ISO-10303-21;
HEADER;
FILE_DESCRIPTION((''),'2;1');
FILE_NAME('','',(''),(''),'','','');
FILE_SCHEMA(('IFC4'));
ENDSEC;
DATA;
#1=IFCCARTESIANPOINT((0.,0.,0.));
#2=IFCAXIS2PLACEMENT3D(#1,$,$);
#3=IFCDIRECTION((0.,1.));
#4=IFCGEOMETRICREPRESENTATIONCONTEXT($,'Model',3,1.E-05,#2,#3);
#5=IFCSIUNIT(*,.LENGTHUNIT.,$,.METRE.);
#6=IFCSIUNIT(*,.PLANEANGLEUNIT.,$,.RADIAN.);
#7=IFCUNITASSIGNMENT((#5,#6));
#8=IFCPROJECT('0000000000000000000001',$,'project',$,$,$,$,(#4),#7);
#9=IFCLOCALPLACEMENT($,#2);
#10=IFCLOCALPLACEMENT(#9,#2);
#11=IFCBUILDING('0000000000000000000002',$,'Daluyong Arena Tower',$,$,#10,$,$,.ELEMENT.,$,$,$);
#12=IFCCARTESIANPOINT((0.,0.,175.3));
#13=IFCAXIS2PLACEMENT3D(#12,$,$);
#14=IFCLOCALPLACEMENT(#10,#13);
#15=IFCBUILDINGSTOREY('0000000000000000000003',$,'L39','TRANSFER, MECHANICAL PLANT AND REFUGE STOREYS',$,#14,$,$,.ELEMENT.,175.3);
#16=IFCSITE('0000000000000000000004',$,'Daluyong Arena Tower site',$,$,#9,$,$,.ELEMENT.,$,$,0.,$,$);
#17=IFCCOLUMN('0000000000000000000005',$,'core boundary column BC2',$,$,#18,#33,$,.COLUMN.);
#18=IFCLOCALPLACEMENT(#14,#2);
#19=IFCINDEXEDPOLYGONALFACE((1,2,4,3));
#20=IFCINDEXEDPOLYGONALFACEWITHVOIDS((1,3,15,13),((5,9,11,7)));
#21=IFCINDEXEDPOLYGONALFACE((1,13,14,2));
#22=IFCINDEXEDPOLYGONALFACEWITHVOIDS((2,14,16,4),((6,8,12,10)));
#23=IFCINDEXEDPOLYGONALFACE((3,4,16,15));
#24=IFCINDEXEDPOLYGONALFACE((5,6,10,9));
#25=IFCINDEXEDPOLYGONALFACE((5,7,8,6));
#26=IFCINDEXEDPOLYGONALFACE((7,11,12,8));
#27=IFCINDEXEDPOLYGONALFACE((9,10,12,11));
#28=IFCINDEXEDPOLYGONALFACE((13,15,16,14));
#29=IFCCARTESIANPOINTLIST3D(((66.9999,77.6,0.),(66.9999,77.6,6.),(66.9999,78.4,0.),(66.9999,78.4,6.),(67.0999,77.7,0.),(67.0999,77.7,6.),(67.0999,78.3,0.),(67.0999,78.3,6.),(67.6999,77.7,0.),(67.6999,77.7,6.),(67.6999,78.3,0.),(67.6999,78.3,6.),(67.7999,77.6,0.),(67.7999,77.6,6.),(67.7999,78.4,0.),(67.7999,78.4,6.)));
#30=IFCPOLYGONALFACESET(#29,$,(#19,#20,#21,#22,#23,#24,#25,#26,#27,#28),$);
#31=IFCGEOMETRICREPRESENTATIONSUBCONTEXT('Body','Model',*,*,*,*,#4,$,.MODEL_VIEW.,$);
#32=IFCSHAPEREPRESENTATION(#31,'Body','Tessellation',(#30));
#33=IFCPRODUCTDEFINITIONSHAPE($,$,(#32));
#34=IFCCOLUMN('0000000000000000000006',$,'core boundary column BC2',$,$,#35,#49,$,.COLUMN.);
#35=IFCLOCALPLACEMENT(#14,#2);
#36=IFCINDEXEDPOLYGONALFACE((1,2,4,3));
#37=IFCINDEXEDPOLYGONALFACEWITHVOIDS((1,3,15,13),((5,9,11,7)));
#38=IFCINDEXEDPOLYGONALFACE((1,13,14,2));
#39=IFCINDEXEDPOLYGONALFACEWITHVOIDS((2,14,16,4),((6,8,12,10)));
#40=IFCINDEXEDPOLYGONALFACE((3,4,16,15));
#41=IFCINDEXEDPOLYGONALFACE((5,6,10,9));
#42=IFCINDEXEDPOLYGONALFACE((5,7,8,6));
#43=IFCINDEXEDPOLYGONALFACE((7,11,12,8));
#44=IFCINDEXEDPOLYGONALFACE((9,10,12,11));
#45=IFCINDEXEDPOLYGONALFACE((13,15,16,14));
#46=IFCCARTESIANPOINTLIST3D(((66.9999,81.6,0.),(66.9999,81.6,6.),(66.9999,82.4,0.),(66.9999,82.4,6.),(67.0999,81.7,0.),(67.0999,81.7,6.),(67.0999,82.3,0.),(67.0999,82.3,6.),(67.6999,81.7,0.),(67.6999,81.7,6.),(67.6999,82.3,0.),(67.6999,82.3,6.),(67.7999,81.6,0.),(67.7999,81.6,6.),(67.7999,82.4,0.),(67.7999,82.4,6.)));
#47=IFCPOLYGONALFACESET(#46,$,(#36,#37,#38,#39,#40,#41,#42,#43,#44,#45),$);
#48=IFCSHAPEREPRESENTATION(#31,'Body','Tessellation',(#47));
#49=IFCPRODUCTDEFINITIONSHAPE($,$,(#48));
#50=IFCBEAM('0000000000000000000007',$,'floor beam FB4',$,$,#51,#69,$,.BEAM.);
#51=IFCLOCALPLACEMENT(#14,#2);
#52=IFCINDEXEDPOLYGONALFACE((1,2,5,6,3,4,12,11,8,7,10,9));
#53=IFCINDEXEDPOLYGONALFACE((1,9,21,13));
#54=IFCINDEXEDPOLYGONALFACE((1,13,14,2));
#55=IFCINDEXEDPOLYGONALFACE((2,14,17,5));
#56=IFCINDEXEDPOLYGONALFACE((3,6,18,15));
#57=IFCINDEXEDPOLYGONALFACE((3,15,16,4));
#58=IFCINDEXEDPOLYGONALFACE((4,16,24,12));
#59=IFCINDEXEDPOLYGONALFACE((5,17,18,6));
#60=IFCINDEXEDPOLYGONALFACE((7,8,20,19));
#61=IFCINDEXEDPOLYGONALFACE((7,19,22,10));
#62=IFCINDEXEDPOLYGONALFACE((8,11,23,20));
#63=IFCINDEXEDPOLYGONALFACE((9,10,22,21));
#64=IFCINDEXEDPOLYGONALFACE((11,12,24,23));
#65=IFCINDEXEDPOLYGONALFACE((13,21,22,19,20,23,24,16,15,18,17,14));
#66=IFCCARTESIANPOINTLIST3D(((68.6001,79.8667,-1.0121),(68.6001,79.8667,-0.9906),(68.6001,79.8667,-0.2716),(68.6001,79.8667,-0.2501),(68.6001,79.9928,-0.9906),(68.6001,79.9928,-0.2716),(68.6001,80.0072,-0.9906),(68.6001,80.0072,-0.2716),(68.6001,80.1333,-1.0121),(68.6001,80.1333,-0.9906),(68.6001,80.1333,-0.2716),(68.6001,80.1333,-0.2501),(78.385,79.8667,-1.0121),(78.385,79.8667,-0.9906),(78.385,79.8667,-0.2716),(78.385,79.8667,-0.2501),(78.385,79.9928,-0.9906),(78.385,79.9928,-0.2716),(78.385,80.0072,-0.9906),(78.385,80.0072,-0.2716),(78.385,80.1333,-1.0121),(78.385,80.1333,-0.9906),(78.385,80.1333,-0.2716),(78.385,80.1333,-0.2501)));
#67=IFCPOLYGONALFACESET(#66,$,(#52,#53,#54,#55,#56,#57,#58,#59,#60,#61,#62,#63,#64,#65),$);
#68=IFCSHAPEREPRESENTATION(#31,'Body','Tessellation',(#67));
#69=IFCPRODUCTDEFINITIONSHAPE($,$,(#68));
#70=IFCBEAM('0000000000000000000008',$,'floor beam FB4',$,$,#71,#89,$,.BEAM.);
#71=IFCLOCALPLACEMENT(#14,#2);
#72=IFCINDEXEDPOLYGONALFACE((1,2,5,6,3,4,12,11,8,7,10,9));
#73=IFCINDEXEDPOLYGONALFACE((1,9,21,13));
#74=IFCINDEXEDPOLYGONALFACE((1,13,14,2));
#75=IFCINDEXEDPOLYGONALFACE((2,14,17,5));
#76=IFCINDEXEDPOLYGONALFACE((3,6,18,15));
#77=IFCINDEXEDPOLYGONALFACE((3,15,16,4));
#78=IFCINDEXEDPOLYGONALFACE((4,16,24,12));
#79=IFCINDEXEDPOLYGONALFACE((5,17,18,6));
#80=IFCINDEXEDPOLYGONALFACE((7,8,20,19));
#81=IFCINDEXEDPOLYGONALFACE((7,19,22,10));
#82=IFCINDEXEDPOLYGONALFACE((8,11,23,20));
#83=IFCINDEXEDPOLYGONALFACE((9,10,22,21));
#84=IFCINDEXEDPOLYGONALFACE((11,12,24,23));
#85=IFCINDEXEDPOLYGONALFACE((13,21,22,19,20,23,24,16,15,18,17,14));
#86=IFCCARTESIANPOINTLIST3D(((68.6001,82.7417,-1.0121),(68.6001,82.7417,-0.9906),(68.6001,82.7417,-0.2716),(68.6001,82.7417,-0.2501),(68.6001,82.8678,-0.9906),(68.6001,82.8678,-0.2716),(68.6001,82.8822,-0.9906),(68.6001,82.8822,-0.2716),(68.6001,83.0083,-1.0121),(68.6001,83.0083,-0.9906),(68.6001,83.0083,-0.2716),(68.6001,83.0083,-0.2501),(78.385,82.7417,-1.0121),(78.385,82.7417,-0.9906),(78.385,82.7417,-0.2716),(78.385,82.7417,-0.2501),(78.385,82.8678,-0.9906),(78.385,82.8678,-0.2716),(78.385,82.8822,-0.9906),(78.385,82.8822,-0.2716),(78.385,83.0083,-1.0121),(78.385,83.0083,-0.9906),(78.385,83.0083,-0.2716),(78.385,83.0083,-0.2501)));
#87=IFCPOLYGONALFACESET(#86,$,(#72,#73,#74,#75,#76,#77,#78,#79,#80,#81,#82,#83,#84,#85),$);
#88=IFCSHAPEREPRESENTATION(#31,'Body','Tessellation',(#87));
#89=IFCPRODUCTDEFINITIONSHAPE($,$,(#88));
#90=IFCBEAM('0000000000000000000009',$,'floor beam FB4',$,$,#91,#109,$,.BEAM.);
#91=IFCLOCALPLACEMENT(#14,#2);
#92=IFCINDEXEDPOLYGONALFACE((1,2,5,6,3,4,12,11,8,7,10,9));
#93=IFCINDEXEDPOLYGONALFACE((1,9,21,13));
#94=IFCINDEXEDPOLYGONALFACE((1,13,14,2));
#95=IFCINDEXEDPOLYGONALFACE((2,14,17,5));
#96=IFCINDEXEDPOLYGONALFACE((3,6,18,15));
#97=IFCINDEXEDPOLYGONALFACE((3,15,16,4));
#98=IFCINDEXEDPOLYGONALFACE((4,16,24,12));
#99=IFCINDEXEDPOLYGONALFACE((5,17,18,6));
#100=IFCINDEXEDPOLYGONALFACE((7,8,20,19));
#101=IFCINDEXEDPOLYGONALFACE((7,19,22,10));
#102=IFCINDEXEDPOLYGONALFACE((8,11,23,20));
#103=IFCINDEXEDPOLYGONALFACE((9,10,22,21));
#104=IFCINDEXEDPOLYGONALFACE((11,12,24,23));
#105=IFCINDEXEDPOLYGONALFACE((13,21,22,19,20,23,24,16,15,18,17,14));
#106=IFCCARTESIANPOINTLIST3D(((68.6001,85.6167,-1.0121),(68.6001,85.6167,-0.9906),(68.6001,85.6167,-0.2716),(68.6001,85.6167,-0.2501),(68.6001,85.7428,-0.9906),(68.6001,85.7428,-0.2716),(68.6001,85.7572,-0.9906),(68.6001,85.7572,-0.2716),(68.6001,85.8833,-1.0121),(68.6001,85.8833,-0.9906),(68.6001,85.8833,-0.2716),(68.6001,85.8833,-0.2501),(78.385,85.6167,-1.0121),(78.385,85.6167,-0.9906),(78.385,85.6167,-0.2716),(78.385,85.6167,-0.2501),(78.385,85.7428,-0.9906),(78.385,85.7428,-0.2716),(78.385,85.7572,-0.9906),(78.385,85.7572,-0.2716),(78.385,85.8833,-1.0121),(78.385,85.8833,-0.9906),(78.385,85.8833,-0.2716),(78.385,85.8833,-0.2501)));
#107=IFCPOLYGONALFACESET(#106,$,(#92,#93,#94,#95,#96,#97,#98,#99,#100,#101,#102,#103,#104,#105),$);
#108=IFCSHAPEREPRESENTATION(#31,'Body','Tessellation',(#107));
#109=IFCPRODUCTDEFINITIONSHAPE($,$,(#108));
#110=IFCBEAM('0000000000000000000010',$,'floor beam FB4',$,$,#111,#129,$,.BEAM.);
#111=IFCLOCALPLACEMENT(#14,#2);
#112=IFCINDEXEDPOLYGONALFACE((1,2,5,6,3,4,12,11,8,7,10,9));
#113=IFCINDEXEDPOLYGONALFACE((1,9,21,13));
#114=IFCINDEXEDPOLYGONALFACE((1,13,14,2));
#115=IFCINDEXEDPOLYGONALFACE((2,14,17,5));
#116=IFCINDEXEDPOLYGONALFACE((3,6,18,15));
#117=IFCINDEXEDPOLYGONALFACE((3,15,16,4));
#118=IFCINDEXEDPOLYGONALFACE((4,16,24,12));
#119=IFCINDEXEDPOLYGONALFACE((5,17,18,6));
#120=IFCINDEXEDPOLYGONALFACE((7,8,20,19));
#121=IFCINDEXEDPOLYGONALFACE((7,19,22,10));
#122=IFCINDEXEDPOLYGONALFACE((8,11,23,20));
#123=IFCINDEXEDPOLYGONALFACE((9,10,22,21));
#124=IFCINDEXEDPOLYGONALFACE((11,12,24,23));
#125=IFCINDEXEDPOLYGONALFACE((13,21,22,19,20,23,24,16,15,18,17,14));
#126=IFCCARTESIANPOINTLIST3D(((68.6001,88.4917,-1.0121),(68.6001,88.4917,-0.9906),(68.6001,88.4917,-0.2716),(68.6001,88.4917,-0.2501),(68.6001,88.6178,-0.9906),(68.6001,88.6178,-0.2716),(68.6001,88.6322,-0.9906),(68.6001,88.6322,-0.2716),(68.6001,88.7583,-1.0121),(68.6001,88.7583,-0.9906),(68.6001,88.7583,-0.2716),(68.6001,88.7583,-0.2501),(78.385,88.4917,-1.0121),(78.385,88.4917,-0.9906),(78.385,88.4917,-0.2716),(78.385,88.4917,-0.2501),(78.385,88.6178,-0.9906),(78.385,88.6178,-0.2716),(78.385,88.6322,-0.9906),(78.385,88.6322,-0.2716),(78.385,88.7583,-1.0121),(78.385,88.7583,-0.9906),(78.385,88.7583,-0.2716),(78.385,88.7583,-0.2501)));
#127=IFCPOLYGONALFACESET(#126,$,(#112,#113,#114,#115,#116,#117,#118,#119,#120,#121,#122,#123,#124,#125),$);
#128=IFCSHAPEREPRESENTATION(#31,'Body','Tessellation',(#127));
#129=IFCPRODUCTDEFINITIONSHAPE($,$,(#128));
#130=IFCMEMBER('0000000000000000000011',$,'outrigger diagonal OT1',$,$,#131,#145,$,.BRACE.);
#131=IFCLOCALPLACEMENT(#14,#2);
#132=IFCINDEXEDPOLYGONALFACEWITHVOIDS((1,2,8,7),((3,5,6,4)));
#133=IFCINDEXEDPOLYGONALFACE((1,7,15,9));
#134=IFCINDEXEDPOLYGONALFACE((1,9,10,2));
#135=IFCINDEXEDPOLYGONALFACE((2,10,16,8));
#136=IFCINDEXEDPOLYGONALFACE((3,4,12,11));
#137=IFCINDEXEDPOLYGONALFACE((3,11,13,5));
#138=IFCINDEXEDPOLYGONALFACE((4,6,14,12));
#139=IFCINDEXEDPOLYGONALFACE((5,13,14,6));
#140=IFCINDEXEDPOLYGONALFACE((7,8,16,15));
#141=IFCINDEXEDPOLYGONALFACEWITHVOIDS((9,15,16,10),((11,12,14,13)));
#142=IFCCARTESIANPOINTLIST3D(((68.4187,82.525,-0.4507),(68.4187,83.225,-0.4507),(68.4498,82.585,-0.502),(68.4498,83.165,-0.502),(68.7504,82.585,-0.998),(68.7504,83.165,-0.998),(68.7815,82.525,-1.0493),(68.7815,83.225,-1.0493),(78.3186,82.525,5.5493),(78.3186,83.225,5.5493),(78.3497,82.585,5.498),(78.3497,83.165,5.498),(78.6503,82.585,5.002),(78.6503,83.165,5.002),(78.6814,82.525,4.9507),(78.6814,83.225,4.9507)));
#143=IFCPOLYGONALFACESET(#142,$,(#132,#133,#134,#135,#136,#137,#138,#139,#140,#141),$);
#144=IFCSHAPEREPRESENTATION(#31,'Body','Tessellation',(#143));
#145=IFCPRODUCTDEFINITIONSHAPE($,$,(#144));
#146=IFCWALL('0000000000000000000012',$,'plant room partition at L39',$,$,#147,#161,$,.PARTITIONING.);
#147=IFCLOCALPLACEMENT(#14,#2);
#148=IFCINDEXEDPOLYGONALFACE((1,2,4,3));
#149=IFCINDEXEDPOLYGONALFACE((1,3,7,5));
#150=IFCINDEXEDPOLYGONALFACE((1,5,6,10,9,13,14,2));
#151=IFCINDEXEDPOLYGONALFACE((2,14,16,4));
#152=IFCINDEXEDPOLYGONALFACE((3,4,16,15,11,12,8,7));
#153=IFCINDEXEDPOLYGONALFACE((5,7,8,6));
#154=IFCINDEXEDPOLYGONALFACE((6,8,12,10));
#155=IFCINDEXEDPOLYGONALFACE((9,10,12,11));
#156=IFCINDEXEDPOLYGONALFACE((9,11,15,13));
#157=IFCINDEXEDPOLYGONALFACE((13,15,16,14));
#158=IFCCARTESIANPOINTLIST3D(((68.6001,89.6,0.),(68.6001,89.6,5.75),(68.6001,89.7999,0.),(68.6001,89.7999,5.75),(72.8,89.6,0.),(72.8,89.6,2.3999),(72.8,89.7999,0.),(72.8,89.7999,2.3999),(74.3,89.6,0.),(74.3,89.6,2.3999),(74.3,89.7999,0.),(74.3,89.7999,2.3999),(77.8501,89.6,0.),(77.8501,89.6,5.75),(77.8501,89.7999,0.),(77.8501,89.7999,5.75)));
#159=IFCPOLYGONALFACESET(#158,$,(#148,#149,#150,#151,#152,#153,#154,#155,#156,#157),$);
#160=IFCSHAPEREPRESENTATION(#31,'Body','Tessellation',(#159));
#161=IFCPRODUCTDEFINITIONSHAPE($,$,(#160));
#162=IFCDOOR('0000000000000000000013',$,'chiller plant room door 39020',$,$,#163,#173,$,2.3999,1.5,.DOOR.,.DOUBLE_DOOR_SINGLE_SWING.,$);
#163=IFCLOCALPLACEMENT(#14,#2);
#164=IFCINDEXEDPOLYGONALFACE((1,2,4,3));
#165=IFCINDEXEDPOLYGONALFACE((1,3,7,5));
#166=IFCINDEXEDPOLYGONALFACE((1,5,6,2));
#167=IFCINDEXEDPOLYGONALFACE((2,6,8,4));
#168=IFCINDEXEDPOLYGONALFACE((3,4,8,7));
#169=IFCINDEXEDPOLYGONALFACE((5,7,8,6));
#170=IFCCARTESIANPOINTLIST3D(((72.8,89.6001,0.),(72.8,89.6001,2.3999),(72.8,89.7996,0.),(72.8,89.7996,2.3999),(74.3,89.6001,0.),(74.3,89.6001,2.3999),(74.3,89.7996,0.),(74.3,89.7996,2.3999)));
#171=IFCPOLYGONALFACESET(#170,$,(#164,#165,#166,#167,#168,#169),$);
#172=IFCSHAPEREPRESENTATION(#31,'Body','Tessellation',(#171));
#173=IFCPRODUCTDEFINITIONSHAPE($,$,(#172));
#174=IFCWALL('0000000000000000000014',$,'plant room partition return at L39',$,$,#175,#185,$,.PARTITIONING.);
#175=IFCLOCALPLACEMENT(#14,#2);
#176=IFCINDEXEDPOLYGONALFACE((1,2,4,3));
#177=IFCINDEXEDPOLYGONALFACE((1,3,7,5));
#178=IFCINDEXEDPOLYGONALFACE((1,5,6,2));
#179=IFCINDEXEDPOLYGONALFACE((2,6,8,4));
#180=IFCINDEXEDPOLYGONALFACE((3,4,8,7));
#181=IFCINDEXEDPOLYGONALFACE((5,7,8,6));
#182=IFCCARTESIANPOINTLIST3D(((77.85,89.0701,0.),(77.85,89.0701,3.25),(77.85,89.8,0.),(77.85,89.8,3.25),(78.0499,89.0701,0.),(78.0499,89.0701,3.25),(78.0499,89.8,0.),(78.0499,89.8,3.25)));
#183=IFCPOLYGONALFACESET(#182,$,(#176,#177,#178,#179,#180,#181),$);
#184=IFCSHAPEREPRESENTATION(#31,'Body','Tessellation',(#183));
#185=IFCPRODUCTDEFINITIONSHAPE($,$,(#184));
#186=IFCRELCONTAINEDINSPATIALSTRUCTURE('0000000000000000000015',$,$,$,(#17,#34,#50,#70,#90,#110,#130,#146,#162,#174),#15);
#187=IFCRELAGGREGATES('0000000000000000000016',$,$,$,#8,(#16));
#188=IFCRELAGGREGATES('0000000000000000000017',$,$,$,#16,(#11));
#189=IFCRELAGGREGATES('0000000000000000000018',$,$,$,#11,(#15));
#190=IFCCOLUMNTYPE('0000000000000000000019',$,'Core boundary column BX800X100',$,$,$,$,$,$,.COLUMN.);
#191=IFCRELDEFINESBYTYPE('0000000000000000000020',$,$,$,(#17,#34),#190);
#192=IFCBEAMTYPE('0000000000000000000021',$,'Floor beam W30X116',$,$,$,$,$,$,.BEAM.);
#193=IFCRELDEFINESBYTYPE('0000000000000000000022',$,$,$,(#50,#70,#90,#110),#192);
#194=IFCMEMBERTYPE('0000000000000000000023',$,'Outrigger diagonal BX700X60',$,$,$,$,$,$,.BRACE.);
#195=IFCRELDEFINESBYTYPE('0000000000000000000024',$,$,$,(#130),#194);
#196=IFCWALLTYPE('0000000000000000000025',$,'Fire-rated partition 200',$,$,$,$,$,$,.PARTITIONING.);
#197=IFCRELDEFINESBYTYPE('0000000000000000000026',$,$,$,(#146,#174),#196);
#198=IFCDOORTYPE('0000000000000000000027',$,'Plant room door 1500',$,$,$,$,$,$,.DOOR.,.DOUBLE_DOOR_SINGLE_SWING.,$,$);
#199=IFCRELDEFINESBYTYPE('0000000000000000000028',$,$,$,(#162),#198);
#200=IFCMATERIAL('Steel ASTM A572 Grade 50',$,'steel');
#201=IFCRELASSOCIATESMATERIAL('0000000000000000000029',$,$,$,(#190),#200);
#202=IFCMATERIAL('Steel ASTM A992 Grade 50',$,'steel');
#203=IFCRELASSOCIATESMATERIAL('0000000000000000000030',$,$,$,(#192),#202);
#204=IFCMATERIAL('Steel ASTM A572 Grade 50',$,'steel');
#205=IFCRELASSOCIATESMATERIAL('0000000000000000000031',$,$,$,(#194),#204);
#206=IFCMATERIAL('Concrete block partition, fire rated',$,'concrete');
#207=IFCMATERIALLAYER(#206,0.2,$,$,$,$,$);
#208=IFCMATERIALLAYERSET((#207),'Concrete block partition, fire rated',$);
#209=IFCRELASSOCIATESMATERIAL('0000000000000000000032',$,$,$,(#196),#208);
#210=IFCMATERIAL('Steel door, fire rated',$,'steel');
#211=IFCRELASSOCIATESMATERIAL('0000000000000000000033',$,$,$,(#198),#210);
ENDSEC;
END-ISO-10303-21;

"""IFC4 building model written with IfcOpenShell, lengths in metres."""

from ifc_helpers import new_model, si_unit, direction, frame, frame_2d, origin, origin_2d, place, context, subcontext, project, spatial, rectangle, hollow_rectangle, i_section, extrude, material, layer, layer_set, material_profile, profile_set, type_object, element, fill, save


model = new_model("IFC4")

# Units and contexts
model_context = context("Model", 3, precision=1e-05, world=origin(), true_north=direction((0.0, 1.0)))
body_context = subcontext(model_context, "Body", "Model", "MODEL_VIEW")
ifc_project = project(units=[si_unit("LENGTHUNIT", "METRE"), si_unit("PLANEANGLEUNIT", "RADIAN")], contexts=[model_context])

# Site, building, storey
site_placement = place(None, origin())
site = spatial("IfcSite", under=ifc_project, at=site_placement, Name="Daluyong Arena Tower site", CompositionType="ELEMENT", RefElevation=0.0)
building_placement = place(site_placement, origin())
building = spatial("IfcBuilding", under=site, at=building_placement, Name="Daluyong Arena Tower", CompositionType="ELEMENT")
storey_placement = place(building_placement, frame((0.0, 0.0, 175.3)))
storey = spatial("IfcBuildingStorey", under=building, at=storey_placement, Name="L39", Description="TRANSFER, MECHANICAL PLANT AND REFUGE STOREYS", CompositionType="ELEMENT", Elevation=175.3)

# Columns
ifc_material_1 = material(Name="Steel ASTM A572 Grade 50", Category="steel")
ifc_material_profile_1 = material_profile(ifc_material_1, hollow_rectangle(XDim=0.8, YDim=0.8, WallThickness=0.1, at=origin_2d()))
ifc_profile_set_1 = profile_set([ifc_material_profile_1], Name="Steel ASTM A572 Grade 50")
column_type = type_object("IfcColumnType", Name="Core boundary column BX800X100", PredefinedType="COLUMN", material=ifc_profile_set_1)
for number, where, z_axis, x_axis, name in (
    (1, (67.3999, 78.0, 0.0), (0.0, 0.0, 1.0), (1.0, 0.0, 0.0), "core boundary column BC2"),
    (2, (67.3999, 82.0, 0.0), (0.0, 0.0, 1.0), (1.0, 0.0, 0.0), "core boundary column BC2"),
):
    element("IfcColumn", number, at=place(storey_placement, frame(where, z_axis=z_axis, x_axis=x_axis)), inside=storey, type_object=column_type, Name=name, PredefinedType="COLUMN", context=body_context, shape_type="SweptSolid", body=[
        extrude(hollow_rectangle(XDim=0.8, YDim=0.8, WallThickness=0.1, at=origin_2d()), origin(), (0.0, 0.0, 1.0), 6.0),
    ])

# Beams
ifc_material_2 = material(Name="Steel ASTM A992 Grade 50", Category="steel")
ifc_material_profile_2 = material_profile(ifc_material_2, i_section(OverallWidth=0.2666, OverallDepth=0.762, WebThickness=0.0144, FlangeThickness=0.0215, at=origin_2d()))
ifc_profile_set_2 = profile_set([ifc_material_profile_2], Name="Steel ASTM A992 Grade 50")
beam_type = type_object("IfcBeamType", Name="Floor beam W30X116", PredefinedType="BEAM", material=ifc_profile_set_2)
for number, where, z_axis, x_axis, name in (
    (3, (78.385, 80.0, -0.6311), (-1.0, 0.0, 0.0), (0.0, -1.0, 0.0), "floor beam FB4"),
    (4, (78.385, 82.875, -0.6311), (-1.0, 0.0, 0.0), (0.0, -1.0, 0.0), "floor beam FB4"),
    (5, (78.385, 85.75, -0.6311), (-1.0, 0.0, 0.0), (0.0, -1.0, 0.0), "floor beam FB4"),
    (6, (78.385, 88.625, -0.6311), (-1.0, 0.0, 0.0), (0.0, -1.0, 0.0), "floor beam FB4"),
):
    element("IfcBeam", number, at=place(storey_placement, frame(where, z_axis=z_axis, x_axis=x_axis)), inside=storey, type_object=beam_type, Name=name, PredefinedType="BEAM", context=body_context, shape_type="SweptSolid", body=[
        extrude(i_section(OverallWidth=0.2666, OverallDepth=0.762, WebThickness=0.0144, FlangeThickness=0.0215, at=origin_2d()), origin(), (0.0, 0.0, 1.0), 9.7849),
    ])

# Member
ifc_material_3 = material(Name="Steel ASTM A572 Grade 50", Category="steel")
ifc_material_profile_3 = material_profile(ifc_material_3, hollow_rectangle(XDim=0.7, YDim=0.7, WallThickness=0.06, at=origin_2d()))
ifc_profile_set_3 = profile_set([ifc_material_profile_3], Name="Steel ASTM A572 Grade 50")
member_type = type_object("IfcMemberType", Name="Outrigger diagonal BX700X60", PredefinedType="BRACE", material=ifc_profile_set_3)
member_placement = place(storey_placement, frame((68.6001, 82.875, -0.75), z_axis=(0.855196, 0.0, 0.518305), x_axis=(0.0, 1.0, 0.0)))
element("IfcMember", 7, at=member_placement, inside=storey, type_object=member_type, Name="outrigger diagonal OT1", PredefinedType="BRACE", context=body_context, shape_type="SweptSolid", body=[
    extrude(hollow_rectangle(XDim=0.7, YDim=0.7, WallThickness=0.06, at=origin_2d()), origin(), (0.0, 0.0, 1.0), 11.5762),
])

# Wall, opening, door
ifc_material_4 = material(Name="Concrete block partition, fire rated", Category="concrete")
ifc_layer = layer(ifc_material_4, 0.2)
ifc_layer_set = layer_set([ifc_layer], Name="Concrete block partition, fire rated")
wall_type = type_object("IfcWallType", Name="Fire-rated partition 200", PredefinedType="PARTITIONING", material=ifc_layer_set)
wall_1_placement = place(storey_placement, frame((68.6001, 89.7, 0.0), z_axis=(0.0, 0.0, 1.0), x_axis=(1.0, 0.0, 0.0)))
wall_1 = element("IfcWall", 8, at=wall_1_placement, inside=storey, type_object=wall_type, Name="plant room partition at L39", PredefinedType="PARTITIONING", context=body_context, shape_type="SweptSolid", body=[
    extrude(rectangle(XDim=9.25, YDim=0.2, at=frame_2d((4.625, 0.0))), origin(), (0.0, 0.0, 1.0), 5.75),
])
opening_placement = place(wall_1_placement, frame((4.2, 0.0, 0.0)))
opening = element("IfcOpeningElement", 9, at=opening_placement, cuts=wall_1, PredefinedType="OPENING", context=body_context, shape_type="SweptSolid", body=[
    extrude(rectangle(XDim=1.5, YDim=2.3999, at=frame_2d((0.75, 1.2))), frame((0.0, 0.1099, 0.0), z_axis=(0.0, -1.0, 0.0), x_axis=(1.0, 0.0, 0.0)), (0.0, 0.0, 1.0), 0.22),
])
ifc_material_5 = material(Name="Steel door, fire rated", Category="steel")
door_type = type_object("IfcDoorType", Name="Plant room door 1500", OperationType="DOUBLE_DOOR_SINGLE_SWING", PredefinedType="DOOR", material=ifc_material_5)
door_placement = place(opening_placement, origin())
door = element("IfcDoor", 10, at=door_placement, inside=storey, type_object=door_type, Name="chiller plant room door 39020", OperationType="DOUBLE_DOOR_SINGLE_SWING", OverallHeight=2.3999, OverallWidth=1.5, PredefinedType="DOOR", context=body_context, shape_type="SweptSolid", body=[
    extrude(rectangle(XDim=1.5, YDim=2.3999, at=frame_2d((0.75, 1.2))), frame((0.0, 0.0996, 0.0), z_axis=(0.0, -1.0, 0.0), x_axis=(1.0, 0.0, 0.0)), (0.0, 0.0, 1.0), 0.1995),
])
fill(opening, door)

# Wall
wall_2_placement = place(storey_placement, frame((77.95, 89.8, 0.0), z_axis=(0.0, 0.0, 1.0), x_axis=(0.0, -1.0, 0.0)))
element("IfcWall", 11, at=wall_2_placement, inside=storey, type_object=wall_type, Name="plant room partition return at L39", PredefinedType="PARTITIONING", context=body_context, shape_type="SweptSolid", body=[
    extrude(rectangle(XDim=0.73, YDim=0.2, at=frame_2d((0.365, 0.0))), origin(), (0.0, 0.0, 1.0), 3.25),
])

save(model, "model.ifc")
